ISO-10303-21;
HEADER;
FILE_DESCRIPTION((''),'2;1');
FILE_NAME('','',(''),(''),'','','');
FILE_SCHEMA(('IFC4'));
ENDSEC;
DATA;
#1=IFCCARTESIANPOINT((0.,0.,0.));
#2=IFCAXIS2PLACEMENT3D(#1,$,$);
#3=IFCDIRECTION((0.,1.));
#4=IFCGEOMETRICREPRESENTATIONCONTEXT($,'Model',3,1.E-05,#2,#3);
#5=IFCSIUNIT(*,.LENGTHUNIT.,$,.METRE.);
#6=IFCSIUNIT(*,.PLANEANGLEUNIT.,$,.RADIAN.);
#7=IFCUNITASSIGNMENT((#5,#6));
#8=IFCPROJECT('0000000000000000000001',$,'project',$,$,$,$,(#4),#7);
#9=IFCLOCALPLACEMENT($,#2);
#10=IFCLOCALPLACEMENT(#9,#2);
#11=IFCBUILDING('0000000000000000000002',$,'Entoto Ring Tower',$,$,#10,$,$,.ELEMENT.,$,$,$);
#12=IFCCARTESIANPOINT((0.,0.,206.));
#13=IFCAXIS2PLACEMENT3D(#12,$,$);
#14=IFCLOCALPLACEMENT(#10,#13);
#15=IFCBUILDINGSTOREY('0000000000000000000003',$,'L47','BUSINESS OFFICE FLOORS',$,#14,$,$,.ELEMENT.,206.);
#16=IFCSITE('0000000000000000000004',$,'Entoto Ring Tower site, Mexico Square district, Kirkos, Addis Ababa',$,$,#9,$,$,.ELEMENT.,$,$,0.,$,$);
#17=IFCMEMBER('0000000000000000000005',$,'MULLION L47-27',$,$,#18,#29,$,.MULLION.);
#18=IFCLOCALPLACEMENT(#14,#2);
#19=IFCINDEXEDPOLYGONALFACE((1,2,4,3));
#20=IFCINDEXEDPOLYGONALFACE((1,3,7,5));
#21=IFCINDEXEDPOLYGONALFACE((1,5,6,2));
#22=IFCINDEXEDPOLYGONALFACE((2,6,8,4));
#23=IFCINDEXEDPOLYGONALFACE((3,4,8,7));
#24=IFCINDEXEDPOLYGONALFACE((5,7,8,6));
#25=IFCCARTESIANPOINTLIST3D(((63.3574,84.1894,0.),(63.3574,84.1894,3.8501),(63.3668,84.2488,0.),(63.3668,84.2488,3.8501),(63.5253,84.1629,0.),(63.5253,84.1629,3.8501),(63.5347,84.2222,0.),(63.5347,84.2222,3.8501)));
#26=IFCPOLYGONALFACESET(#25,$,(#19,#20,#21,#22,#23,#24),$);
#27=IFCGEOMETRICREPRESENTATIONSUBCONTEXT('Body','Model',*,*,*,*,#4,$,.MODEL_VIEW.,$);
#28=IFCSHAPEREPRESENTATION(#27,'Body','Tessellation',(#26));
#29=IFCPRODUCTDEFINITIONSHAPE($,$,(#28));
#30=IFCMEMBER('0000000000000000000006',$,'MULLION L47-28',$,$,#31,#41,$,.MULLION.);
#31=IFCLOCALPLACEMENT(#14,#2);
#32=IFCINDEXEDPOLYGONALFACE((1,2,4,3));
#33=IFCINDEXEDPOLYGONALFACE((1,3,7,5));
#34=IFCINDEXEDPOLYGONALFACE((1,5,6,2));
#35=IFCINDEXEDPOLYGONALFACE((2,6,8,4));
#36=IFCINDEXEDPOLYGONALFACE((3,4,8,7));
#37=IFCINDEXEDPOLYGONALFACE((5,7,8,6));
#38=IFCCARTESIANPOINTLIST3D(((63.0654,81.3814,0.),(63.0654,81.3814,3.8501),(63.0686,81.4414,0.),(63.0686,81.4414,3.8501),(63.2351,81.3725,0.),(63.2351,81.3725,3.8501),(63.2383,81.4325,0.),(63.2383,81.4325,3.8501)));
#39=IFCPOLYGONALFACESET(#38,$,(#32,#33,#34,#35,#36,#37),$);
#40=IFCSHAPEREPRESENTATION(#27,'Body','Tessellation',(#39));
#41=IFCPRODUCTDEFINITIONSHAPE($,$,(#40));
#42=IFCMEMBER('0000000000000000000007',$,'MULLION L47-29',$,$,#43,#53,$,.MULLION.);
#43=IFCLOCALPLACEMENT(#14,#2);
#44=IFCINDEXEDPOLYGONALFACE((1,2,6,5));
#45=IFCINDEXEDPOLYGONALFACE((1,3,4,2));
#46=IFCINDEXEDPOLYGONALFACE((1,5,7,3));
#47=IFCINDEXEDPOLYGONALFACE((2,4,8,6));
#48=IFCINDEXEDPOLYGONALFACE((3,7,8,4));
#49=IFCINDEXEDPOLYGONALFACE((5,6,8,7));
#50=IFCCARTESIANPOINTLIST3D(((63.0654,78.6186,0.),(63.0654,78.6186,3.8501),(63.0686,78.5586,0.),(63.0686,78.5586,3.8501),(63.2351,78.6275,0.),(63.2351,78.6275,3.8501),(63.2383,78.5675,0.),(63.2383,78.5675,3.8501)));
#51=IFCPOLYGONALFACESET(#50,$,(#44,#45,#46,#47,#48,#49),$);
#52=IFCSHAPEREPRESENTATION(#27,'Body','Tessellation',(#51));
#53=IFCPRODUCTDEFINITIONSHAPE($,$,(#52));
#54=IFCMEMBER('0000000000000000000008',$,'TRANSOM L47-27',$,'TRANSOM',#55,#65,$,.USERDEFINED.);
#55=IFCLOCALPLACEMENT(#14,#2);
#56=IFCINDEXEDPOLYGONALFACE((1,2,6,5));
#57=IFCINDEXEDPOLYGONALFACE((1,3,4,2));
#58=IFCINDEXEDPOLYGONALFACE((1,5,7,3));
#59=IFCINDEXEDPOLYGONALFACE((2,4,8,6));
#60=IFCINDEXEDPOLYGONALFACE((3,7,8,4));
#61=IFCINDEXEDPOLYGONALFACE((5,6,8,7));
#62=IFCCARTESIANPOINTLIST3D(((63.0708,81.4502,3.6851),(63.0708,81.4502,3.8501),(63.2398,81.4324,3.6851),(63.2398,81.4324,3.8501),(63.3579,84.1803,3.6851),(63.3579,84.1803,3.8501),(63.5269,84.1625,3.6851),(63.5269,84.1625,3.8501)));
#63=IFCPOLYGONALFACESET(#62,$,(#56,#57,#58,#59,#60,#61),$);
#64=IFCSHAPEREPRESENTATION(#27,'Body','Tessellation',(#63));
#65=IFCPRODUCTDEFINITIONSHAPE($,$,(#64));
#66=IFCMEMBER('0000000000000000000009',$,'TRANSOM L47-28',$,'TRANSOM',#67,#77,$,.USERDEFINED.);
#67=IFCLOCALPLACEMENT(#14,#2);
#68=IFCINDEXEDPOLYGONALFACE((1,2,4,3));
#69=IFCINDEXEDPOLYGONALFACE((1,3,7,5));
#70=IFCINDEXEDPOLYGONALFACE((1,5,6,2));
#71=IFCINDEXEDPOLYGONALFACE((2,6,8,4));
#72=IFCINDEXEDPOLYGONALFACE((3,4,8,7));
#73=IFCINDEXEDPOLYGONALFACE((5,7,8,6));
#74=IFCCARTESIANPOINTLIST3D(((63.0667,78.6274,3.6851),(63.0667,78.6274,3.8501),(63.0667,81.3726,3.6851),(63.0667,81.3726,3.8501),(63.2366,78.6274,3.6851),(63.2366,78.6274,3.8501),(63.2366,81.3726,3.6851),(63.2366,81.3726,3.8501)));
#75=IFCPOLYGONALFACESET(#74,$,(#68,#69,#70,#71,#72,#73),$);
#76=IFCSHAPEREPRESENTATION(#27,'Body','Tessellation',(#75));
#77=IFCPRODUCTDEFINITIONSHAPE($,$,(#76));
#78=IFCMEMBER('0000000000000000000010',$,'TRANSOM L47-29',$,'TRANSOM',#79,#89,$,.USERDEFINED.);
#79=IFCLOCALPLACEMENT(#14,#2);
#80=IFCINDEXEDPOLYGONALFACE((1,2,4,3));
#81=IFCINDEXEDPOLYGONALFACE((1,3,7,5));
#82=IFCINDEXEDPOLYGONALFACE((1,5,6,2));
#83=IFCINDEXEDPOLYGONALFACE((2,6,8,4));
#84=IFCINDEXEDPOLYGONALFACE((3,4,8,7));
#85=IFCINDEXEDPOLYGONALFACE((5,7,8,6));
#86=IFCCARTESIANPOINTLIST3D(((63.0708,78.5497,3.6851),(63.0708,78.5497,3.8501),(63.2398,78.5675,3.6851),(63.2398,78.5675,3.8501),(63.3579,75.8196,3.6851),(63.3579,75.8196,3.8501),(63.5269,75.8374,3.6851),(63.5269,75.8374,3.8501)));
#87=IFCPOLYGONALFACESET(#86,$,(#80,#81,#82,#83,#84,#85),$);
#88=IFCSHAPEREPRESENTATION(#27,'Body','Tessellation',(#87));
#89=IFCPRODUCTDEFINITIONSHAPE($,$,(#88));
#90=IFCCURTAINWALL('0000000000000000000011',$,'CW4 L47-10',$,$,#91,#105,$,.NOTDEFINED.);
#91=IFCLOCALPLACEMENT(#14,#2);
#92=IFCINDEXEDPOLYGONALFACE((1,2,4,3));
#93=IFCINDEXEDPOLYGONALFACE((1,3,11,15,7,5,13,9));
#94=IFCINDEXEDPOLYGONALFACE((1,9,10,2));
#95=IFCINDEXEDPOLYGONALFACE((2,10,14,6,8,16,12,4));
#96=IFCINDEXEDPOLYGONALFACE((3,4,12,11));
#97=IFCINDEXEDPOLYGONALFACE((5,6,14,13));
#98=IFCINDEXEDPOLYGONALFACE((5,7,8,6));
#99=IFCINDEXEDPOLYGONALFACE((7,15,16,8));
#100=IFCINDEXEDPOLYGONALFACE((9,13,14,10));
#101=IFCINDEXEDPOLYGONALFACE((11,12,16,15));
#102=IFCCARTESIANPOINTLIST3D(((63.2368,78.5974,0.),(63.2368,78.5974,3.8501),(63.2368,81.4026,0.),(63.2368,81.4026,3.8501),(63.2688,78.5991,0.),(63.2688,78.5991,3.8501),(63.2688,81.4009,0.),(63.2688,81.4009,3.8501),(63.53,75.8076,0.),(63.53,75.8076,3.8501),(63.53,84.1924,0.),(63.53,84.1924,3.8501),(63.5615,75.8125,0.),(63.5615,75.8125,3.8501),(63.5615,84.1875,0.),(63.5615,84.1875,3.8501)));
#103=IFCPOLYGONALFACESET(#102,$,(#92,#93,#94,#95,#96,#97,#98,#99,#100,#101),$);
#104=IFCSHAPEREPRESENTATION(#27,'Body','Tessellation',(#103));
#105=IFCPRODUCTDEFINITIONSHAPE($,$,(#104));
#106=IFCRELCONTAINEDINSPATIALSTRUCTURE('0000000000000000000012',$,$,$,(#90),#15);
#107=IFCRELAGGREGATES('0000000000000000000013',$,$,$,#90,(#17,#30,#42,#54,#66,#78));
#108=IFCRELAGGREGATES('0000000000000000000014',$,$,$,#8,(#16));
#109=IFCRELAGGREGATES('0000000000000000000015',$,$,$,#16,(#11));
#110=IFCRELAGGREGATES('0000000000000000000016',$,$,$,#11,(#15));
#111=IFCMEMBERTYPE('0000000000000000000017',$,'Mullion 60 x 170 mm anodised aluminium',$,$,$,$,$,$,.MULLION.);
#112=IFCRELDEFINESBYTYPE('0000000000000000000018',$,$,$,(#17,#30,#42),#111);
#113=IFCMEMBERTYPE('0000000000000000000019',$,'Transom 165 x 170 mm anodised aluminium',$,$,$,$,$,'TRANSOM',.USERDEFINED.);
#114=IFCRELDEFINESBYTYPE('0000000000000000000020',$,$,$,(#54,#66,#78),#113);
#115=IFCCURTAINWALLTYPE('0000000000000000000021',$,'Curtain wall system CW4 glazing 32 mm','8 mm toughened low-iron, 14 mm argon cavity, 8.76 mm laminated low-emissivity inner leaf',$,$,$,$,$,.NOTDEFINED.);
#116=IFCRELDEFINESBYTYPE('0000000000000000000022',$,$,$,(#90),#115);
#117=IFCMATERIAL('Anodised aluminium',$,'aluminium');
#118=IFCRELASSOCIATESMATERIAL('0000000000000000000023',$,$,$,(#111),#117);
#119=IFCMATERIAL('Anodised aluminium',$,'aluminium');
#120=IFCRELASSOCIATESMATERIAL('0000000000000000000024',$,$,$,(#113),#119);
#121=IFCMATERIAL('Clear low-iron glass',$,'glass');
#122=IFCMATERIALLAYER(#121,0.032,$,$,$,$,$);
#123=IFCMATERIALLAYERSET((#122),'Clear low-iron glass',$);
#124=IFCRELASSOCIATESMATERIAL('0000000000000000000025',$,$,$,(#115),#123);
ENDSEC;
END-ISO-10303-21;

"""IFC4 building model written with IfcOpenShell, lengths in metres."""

from ifc_helpers import new_model, si_unit, direction, frame, origin, origin_2d, place, context, subcontext, project, spatial, polyline, rectangle, outline, extrude, material, layer, layer_set, material_profile, profile_set, type_object, element, aggregate, save


model = new_model("IFC4")

# Units and contexts
model_context = context("Model", 3, precision=1e-05, world=origin(), true_north=direction((0.0, 1.0)))
body_context = subcontext(model_context, "Body", "Model", "MODEL_VIEW")
ifc_project = project(units=[si_unit("LENGTHUNIT", "METRE"), si_unit("PLANEANGLEUNIT", "RADIAN")], contexts=[model_context])

# Members
ifc_material_1 = material(Name="Anodised aluminium", Category="aluminium")
ifc_material_profile_1 = material_profile(ifc_material_1, rectangle(XDim=0.0601, YDim=0.1699, at=origin_2d()), Name="Mullion 60 x 170 mm anodised aluminium")
ifc_profile_set_1 = profile_set([ifc_material_profile_1], Name="Anodised aluminium")
member_type_1 = type_object("IfcMemberType", Name="Mullion 60 x 170 mm anodised aluminium", PredefinedType="MULLION", material=ifc_profile_set_1)
site_placement = place(None, origin())
building_placement = place(site_placement, origin())
storey_placement = place(building_placement, frame((0.0, 0.0, 206.0)))
member_1_placement = place(storey_placement, frame((63.446, 84.2058, 0.0), z_axis=(0.0, 0.0, 1.0), x_axis=(-0.156434, -0.987688, 0.0)))
member_1 = element("IfcMember", 1, at=member_1_placement, type_object=member_type_1, Name="MULLION L47-27", PredefinedType="MULLION", context=body_context, shape_type="SweptSolid", body=[
    extrude(rectangle(XDim=0.0601, YDim=0.1699, at=origin_2d()), origin(), (0.0, 0.0, 1.0), 3.8501),
])
member_2_placement = place(storey_placement, frame((63.1519, 81.407, 0.0), z_axis=(0.0, 0.0, 1.0), x_axis=(-0.052336, -0.99863, 0.0)))
member_2 = element("IfcMember", 2, at=member_2_placement, type_object=member_type_1, Name="MULLION L47-28", PredefinedType="MULLION", context=body_context, shape_type="SweptSolid", body=[
    extrude(rectangle(XDim=0.0601, YDim=0.1699, at=origin_2d()), origin(), (0.0, 0.0, 1.0), 3.8501),
])
member_3_placement = place(storey_placement, frame((63.1519, 78.593, 0.0), z_axis=(0.0, 0.0, 1.0), x_axis=(0.052336, -0.99863, 0.0)))
member_3 = element("IfcMember", 3, at=member_3_placement, type_object=member_type_1, Name="MULLION L47-29", PredefinedType="MULLION", context=body_context, shape_type="SweptSolid", body=[
    extrude(rectangle(XDim=0.0601, YDim=0.1699, at=origin_2d()), origin(), (0.0, 0.0, 1.0), 3.8501),
])
ifc_material_2 = material(Name="Anodised aluminium", Category="aluminium")
ifc_material_profile_2 = material_profile(ifc_material_2, rectangle(XDim=0.1699, YDim=0.165, at=origin_2d()), Name="Transom 165 x 170 mm anodised aluminium")
ifc_profile_set_2 = profile_set([ifc_material_profile_2], Name="Anodised aluminium")
member_type_2 = type_object("IfcMemberType", Name="Transom 165 x 170 mm anodised aluminium", ElementType="TRANSOM", PredefinedType="USERDEFINED", material=ifc_profile_set_2)
member_4_placement = place(storey_placement, frame((63.4424, 84.1714, 3.7676), z_axis=(-0.104592, -0.994515, 0.0), x_axis=(0.994515, -0.104592, 0.0)))
member_4 = element("IfcMember", 4, at=member_4_placement, type_object=member_type_2, Name="TRANSOM L47-27", ObjectType="TRANSOM", PredefinedType="USERDEFINED", context=body_context, shape_type="SweptSolid", body=[
    extrude(rectangle(XDim=0.1699, YDim=0.165, at=origin_2d()), origin(), (0.0, 0.0, 1.0), 2.7451),
])
member_5_placement = place(storey_placement, frame((63.1516, 81.3726, 3.7676), z_axis=(0.0, -1.0, 0.0), x_axis=(1.0, 0.0, 0.0)))
member_5 = element("IfcMember", 5, at=member_5_placement, type_object=member_type_2, Name="TRANSOM L47-28", ObjectType="TRANSOM", PredefinedType="USERDEFINED", context=body_context, shape_type="SweptSolid", body=[
    extrude(rectangle(XDim=0.1699, YDim=0.165, at=origin_2d()), origin(), (0.0, 0.0, 1.0), 2.7451),
])
member_6_placement = place(storey_placement, frame((63.1553, 78.5586, 3.7676), z_axis=(0.104592, -0.994515, 0.0), x_axis=(0.994515, 0.104592, 0.0)))
member_6 = element("IfcMember", 6, at=member_6_placement, type_object=member_type_2, Name="TRANSOM L47-29", ObjectType="TRANSOM", PredefinedType="USERDEFINED", context=body_context, shape_type="SweptSolid", body=[
    extrude(rectangle(XDim=0.1699, YDim=0.165, at=origin_2d()), origin(), (0.0, 0.0, 1.0), 2.7451),
])

# Site, building, storey
site = spatial("IfcSite", under=ifc_project, at=site_placement, Name="Entoto Ring Tower site, Mexico Square district, Kirkos, Addis Ababa", CompositionType="ELEMENT", RefElevation=0.0)
building = spatial("IfcBuilding", under=site, at=building_placement, Name="Entoto Ring Tower", CompositionType="ELEMENT")
storey = spatial("IfcBuildingStorey", under=building, at=storey_placement, Name="L47", Description="BUSINESS OFFICE FLOORS", CompositionType="ELEMENT", Elevation=206.0)

# Curtain wall
ifc_material_3 = material(Name="Clear low-iron glass", Category="glass")
ifc_layer = layer(ifc_material_3, 0.032)
ifc_layer_set = layer_set([ifc_layer], Name="Clear low-iron glass")
curtain_wall_type = type_object("IfcCurtainWallType", Name="Curtain wall system CW4 glazing 32 mm", Description="8 mm toughened low-iron, 14 mm argon cavity, 8.76 mm laminated low-emissivity inner leaf", PredefinedType="NOTDEFINED", material=ifc_layer_set)
curtain_wall_1_placement = place(storey_placement, origin())
curtain_wall_1 = element("IfcCurtainWall", 7, at=curtain_wall_1_placement, inside=storey, type_object=curtain_wall_type, Name="CW4 L47-10", PredefinedType="NOTDEFINED", context=body_context, shape_type="SweptSolid", body=[
    extrude(outline(polyline([(63.53, 84.1924), (63.2368, 81.4026), (63.2368, 78.5974), (63.53, 75.8076), (63.5615, 75.8125), (63.2688, 78.5991), (63.2688, 81.4009), (63.5615, 84.1875), (63.53, 84.1924)])), origin(), (0.0, 0.0, 1.0), 3.8501),
])
aggregate(curtain_wall_1, [member_1, member_2, member_3, member_4, member_5, member_6])

save(model, "model.ifc")
